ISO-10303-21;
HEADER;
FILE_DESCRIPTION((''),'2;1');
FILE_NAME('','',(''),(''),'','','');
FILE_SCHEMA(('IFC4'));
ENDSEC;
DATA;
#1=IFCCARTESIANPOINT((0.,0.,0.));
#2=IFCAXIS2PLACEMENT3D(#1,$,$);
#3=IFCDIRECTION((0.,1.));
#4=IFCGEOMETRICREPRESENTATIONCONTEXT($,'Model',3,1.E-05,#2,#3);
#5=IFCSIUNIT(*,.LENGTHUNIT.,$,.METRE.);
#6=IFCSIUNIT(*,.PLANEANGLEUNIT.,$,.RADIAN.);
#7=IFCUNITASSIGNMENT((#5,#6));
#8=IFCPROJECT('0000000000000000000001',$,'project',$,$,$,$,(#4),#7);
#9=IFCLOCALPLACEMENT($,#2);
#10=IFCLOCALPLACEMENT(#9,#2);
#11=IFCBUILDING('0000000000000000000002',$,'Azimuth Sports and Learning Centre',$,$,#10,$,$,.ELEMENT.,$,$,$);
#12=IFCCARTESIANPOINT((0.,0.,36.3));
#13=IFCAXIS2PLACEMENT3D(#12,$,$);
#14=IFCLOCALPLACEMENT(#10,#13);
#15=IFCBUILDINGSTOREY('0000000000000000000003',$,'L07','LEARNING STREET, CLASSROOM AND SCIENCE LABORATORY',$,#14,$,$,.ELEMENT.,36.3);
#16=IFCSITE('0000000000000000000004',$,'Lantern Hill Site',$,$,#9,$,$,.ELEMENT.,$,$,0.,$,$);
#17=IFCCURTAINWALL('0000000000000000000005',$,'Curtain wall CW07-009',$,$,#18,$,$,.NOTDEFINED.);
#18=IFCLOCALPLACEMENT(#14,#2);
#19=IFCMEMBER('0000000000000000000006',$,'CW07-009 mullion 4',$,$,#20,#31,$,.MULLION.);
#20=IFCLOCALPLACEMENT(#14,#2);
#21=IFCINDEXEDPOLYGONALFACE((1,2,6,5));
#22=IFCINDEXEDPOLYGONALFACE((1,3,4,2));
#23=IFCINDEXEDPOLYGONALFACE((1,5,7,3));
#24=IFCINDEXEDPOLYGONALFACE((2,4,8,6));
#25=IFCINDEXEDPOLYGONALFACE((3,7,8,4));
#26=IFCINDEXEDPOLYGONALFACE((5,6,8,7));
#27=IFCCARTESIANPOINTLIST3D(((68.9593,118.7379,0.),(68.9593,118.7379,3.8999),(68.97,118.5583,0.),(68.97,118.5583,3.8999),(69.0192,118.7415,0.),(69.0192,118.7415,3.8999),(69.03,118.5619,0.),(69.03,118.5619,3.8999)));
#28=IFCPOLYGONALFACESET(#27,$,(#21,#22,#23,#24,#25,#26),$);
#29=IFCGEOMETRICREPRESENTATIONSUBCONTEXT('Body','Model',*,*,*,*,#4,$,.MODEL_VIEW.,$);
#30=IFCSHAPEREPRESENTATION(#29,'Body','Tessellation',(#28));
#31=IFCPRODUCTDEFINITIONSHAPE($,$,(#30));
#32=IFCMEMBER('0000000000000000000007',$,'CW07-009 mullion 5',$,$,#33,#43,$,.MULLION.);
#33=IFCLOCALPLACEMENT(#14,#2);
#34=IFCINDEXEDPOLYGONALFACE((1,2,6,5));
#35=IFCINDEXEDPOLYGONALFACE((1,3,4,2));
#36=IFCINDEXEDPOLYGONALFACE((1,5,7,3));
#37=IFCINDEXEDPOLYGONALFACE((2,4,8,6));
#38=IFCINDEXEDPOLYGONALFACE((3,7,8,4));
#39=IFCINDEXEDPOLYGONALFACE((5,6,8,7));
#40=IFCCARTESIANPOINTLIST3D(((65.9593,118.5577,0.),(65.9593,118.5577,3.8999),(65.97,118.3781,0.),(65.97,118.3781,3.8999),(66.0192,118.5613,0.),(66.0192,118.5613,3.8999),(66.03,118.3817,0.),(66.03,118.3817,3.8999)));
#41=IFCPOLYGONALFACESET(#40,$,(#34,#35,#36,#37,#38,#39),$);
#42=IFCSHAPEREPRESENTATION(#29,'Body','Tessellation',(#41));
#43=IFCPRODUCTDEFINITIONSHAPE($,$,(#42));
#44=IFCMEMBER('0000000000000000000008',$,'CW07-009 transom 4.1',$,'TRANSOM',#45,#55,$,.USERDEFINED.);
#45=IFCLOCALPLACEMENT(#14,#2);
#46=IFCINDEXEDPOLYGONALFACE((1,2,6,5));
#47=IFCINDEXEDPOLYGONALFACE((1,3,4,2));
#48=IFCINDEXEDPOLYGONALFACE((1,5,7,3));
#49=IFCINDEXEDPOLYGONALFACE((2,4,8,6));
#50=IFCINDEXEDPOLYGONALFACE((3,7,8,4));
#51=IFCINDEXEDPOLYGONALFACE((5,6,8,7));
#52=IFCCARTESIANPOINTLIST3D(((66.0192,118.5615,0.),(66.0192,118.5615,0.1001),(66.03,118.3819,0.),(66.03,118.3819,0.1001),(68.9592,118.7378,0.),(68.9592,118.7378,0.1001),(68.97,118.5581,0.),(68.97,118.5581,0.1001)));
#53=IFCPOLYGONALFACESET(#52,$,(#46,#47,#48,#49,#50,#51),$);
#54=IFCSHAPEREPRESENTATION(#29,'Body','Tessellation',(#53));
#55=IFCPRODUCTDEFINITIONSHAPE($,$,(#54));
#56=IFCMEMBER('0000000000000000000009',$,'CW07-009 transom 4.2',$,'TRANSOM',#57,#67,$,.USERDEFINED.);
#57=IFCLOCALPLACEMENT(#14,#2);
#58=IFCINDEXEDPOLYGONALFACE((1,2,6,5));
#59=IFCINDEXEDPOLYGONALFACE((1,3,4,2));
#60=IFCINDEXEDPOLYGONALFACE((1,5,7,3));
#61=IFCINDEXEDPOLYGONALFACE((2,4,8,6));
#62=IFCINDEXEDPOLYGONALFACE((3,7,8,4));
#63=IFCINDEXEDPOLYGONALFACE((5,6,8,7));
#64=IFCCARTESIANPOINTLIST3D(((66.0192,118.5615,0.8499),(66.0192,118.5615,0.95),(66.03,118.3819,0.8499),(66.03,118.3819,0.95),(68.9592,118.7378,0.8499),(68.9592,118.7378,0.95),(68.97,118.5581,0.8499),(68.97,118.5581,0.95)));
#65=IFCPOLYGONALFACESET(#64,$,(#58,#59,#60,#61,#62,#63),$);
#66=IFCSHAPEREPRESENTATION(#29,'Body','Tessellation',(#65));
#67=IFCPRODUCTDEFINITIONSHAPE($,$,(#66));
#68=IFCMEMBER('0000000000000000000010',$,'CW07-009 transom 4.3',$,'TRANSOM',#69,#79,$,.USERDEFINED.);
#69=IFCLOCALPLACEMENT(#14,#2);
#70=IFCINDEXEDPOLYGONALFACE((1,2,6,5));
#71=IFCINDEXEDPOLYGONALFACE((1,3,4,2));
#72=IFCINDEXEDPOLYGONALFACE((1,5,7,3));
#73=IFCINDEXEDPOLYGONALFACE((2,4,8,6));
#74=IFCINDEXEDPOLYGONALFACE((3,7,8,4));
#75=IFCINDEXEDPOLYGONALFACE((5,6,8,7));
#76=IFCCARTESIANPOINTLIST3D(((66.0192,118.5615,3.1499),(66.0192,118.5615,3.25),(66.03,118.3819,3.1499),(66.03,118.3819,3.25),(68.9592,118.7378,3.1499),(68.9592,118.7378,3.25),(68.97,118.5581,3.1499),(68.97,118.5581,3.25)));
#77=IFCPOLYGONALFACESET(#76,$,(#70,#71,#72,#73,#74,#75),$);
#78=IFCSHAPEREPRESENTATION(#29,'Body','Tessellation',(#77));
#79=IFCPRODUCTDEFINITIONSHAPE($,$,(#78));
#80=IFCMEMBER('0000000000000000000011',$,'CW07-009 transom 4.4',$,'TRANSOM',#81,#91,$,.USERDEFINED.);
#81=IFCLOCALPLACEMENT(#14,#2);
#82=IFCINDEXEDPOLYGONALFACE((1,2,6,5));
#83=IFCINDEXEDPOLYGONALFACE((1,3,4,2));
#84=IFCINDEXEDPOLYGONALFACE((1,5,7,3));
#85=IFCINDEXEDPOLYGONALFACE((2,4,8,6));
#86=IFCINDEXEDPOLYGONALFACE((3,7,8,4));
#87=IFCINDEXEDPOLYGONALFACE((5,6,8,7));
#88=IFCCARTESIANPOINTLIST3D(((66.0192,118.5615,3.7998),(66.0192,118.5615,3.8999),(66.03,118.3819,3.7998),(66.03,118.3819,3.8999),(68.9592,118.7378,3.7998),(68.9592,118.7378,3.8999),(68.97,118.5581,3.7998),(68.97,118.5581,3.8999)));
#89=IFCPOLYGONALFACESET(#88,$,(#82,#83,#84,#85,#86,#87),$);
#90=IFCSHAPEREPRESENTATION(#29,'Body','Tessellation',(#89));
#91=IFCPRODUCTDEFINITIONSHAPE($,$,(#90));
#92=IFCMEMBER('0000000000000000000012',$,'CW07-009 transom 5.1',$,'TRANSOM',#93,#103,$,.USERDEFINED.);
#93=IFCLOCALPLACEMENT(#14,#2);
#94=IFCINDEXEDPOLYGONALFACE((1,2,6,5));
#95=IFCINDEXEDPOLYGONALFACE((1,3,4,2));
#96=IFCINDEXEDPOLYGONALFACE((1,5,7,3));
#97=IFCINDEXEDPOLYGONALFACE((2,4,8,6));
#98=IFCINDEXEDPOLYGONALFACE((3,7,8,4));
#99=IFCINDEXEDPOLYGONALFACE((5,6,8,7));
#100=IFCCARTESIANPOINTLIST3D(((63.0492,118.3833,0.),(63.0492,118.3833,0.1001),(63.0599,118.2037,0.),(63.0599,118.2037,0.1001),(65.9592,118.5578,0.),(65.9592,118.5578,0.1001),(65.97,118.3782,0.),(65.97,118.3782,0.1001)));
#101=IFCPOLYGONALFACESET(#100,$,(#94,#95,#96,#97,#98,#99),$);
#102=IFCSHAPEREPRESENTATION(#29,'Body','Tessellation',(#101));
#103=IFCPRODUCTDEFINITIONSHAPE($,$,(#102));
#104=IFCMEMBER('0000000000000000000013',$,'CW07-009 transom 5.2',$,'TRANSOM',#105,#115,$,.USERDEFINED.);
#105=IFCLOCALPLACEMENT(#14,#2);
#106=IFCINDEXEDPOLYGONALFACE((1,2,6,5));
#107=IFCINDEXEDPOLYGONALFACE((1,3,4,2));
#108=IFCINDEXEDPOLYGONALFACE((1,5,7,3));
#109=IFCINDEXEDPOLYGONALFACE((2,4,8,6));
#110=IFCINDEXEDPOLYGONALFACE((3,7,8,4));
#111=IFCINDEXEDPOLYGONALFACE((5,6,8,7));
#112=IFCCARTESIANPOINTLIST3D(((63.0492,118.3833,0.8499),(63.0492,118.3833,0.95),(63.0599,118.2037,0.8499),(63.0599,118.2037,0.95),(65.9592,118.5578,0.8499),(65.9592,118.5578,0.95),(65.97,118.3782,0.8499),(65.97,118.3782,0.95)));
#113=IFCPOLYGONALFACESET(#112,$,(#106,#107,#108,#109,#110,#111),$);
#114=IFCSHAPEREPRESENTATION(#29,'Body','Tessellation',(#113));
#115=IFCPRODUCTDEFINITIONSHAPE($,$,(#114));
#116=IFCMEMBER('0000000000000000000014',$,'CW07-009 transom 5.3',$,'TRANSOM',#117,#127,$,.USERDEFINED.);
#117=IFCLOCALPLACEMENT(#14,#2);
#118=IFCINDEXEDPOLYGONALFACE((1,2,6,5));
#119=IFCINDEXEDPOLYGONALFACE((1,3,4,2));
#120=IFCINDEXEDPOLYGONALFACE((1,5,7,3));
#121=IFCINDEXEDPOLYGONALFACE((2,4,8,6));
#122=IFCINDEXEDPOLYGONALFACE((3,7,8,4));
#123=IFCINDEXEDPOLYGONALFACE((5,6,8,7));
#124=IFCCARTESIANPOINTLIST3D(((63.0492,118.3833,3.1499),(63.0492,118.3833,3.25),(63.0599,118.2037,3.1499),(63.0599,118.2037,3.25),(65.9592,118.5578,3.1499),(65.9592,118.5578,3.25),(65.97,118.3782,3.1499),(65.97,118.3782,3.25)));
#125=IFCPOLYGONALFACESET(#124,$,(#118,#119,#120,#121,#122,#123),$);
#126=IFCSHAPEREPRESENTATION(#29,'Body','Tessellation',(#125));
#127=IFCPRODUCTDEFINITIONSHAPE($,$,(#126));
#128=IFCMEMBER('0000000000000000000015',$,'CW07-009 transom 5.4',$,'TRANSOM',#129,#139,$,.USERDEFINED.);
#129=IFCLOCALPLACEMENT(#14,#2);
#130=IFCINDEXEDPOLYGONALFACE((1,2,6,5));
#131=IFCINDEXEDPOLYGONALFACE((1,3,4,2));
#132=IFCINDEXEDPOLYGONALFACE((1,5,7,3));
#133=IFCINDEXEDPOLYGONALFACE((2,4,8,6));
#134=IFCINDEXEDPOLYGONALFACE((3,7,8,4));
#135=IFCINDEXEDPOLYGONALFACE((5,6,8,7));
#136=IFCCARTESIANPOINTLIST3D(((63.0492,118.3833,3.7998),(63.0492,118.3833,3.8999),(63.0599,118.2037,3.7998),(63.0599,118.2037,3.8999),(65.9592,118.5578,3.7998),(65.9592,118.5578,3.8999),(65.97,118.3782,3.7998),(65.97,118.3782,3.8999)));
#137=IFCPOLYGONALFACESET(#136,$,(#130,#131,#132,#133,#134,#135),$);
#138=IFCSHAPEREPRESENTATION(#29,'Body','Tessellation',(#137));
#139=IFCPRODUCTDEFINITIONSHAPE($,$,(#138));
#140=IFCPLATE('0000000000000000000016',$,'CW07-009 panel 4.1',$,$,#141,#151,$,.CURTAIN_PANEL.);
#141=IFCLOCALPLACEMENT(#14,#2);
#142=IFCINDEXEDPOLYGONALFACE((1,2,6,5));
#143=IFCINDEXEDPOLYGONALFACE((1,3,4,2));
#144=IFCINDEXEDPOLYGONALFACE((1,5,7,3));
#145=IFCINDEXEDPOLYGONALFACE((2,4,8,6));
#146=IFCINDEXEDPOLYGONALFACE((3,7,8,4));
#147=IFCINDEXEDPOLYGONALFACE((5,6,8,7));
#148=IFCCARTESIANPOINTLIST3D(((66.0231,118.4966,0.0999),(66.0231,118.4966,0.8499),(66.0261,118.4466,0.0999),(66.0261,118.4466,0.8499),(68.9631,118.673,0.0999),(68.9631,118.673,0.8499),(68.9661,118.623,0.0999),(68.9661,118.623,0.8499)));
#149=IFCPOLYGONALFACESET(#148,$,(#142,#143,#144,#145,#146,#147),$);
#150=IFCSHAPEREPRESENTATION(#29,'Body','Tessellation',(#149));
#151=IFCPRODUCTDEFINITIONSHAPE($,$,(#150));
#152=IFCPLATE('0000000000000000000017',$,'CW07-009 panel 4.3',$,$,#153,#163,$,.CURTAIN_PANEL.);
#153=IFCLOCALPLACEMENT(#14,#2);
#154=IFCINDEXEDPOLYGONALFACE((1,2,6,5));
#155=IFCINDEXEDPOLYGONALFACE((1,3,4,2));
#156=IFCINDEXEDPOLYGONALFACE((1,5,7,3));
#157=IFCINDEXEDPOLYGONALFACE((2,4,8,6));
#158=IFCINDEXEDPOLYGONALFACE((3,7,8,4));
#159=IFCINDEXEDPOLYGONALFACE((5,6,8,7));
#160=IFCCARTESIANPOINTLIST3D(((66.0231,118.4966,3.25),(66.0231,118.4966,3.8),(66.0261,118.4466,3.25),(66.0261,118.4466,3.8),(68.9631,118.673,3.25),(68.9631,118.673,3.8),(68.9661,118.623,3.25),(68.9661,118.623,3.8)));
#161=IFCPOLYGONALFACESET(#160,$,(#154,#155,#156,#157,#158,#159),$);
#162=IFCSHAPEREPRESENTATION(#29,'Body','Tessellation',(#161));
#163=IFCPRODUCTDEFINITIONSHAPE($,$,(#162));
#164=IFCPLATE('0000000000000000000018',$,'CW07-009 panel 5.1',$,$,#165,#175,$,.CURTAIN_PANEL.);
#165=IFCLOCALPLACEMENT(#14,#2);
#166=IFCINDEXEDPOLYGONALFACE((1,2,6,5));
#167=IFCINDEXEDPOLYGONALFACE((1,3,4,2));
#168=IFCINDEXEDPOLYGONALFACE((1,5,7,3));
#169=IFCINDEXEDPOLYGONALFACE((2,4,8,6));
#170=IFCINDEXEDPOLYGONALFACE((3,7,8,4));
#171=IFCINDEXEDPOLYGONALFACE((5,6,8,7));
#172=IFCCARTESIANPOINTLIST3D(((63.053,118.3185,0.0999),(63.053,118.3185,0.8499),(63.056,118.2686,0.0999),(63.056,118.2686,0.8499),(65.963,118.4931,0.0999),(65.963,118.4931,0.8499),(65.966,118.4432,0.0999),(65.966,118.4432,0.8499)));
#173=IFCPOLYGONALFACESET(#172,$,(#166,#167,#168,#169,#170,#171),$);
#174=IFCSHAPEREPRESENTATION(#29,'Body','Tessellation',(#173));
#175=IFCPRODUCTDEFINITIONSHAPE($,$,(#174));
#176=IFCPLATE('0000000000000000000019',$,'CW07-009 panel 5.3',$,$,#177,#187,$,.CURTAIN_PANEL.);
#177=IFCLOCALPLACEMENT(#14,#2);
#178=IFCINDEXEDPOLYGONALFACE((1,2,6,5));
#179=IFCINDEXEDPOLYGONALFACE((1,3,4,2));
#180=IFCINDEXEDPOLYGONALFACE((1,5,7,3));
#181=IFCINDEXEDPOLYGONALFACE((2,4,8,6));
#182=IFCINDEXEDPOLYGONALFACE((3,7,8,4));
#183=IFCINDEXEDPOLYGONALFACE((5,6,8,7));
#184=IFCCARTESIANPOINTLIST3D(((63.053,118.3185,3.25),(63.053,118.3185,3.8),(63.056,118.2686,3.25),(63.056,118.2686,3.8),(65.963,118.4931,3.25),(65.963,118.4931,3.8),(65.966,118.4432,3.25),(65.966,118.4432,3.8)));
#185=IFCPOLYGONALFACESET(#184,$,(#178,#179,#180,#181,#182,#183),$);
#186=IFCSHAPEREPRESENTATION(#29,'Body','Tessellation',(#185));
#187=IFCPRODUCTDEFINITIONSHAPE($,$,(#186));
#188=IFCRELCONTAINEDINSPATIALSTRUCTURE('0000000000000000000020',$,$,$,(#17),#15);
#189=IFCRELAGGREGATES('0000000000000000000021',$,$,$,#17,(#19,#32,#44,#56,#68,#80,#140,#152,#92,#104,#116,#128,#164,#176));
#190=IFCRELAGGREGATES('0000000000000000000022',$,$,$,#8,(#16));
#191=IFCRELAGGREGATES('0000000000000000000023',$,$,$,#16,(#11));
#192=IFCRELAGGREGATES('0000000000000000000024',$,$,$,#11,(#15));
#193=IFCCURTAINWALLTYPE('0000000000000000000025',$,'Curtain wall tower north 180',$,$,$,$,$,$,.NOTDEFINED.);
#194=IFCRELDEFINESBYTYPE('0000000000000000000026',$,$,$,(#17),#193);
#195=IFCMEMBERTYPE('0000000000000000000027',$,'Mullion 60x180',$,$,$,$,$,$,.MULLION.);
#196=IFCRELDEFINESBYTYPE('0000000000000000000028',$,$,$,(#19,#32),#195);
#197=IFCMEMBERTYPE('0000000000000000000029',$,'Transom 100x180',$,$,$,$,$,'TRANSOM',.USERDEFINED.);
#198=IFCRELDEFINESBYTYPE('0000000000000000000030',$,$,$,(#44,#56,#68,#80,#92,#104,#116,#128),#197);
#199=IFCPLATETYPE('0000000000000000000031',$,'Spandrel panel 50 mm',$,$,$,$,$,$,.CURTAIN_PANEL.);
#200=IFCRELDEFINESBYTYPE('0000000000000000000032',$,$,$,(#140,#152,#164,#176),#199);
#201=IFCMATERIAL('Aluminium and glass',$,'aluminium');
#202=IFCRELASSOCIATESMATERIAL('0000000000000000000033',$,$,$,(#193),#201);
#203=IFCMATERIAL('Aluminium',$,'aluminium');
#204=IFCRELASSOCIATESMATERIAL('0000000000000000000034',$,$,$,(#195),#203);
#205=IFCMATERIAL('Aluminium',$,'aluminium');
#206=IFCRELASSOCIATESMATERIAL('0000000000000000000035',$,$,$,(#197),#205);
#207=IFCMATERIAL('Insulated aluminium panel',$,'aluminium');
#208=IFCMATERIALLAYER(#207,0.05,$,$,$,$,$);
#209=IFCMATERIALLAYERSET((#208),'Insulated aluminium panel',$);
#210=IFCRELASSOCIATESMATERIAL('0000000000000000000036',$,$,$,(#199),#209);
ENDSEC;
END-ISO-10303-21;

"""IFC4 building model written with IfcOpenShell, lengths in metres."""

from ifc_helpers import new_model, si_unit, direction, frame, origin, origin_2d, place, context, subcontext, project, spatial, rectangle, extrude, material, layer, layer_set, material_profile, profile_set, type_object, element, aggregate, save


model = new_model("IFC4")

# Units and contexts
model_context = context("Model", 3, precision=1e-05, world=origin(), true_north=direction((0.0, 1.0)))
body_context = subcontext(model_context, "Body", "Model", "MODEL_VIEW")
ifc_project = project(units=[si_unit("LENGTHUNIT", "METRE"), si_unit("PLANEANGLEUNIT", "RADIAN")], contexts=[model_context])

# Site, building, storey
site_placement = place(None, origin())
site = spatial("IfcSite", under=ifc_project, at=site_placement, Name="Lantern Hill Site", CompositionType="ELEMENT", RefElevation=0.0)
building_placement = place(site_placement, origin())
building = spatial("IfcBuilding", under=site, at=building_placement, Name="Azimuth Sports and Learning Centre", CompositionType="ELEMENT")
storey_placement = place(building_placement, frame((0.0, 0.0, 36.3)))
storey = spatial("IfcBuildingStorey", under=building, at=storey_placement, Name="L07", Description="LEARNING STREET, CLASSROOM AND SCIENCE LABORATORY", CompositionType="ELEMENT", Elevation=36.3)

# Curtain wall, members, plates
ifc_material_1 = material(Name="Aluminium and glass", Category="aluminium")
curtain_wall_type = type_object("IfcCurtainWallType", Name="Curtain wall tower north 180", PredefinedType="NOTDEFINED", material=ifc_material_1)
curtain_wall_placement = place(storey_placement, origin())
curtain_wall = element("IfcCurtainWall", 1, at=curtain_wall_placement, inside=storey, type_object=curtain_wall_type, Name="Curtain wall CW07-009", PredefinedType="NOTDEFINED")
ifc_material_2 = material(Name="Aluminium", Category="aluminium")
ifc_material_profile_1 = material_profile(ifc_material_2, rectangle(XDim=0.1799, YDim=0.0601, at=origin_2d()), Name="Mullion 60x180")
ifc_profile_set_1 = profile_set([ifc_material_profile_1], Name="Aluminium")
member_type_1 = type_object("IfcMemberType", Name="Mullion 60x180", PredefinedType="MULLION", material=ifc_profile_set_1)
member_1_placement = place(storey_placement, frame((68.9946, 118.6499, 0.0), z_axis=(0.0, 0.0, 1.0), x_axis=(0.059892, -0.998205, 0.0)))
member_1 = element("IfcMember", 2, at=member_1_placement, type_object=member_type_1, Name="CW07-009 mullion 4", PredefinedType="MULLION", context=body_context, shape_type="SweptSolid", body=[
    extrude(rectangle(XDim=0.1799, YDim=0.0601, at=origin_2d()), origin(), (0.0, 0.0, 1.0), 3.8999),
])
member_2_placement = place(storey_placement, frame((65.9946, 118.4697, 0.0), z_axis=(0.0, 0.0, 1.0), x_axis=(0.059892, -0.998205, 0.0)))
member_2 = element("IfcMember", 3, at=member_2_placement, type_object=member_type_1, Name="CW07-009 mullion 5", PredefinedType="MULLION", context=body_context, shape_type="SweptSolid", body=[
    extrude(rectangle(XDim=0.1799, YDim=0.0601, at=origin_2d()), origin(), (0.0, 0.0, 1.0), 3.8999),
])
ifc_material_3 = material(Name="Aluminium", Category="aluminium")
ifc_material_profile_2 = material_profile(ifc_material_3, rectangle(XDim=0.1799, YDim=0.1001, at=origin_2d()), Name="Transom 100x180")
ifc_profile_set_2 = profile_set([ifc_material_profile_2], Name="Aluminium")
member_type_2 = type_object("IfcMemberType", Name="Transom 100x180", ElementType="TRANSOM", PredefinedType="USERDEFINED", material=ifc_profile_set_2)
member_3_placement = place(storey_placement, frame((68.9646, 118.6479, 0.05), z_axis=(-0.998207, -0.059849, 0.0), x_axis=(0.059849, -0.998207, 0.0)))
member_3 = element("IfcMember", 4, at=member_3_placement, type_object=member_type_2, Name="CW07-009 transom 4.1", ObjectType="TRANSOM", PredefinedType="USERDEFINED", context=body_context, shape_type="SweptSolid", body=[
    extrude(rectangle(XDim=0.1799, YDim=0.1001, at=origin_2d()), origin(), (0.0, 0.0, 1.0), 2.9453),
])
member_4_placement = place(storey_placement, frame((68.9646, 118.6479, 0.8999), z_axis=(-0.998207, -0.059849, 0.0), x_axis=(0.059849, -0.998207, 0.0)))
member_4 = element("IfcMember", 5, at=member_4_placement, type_object=member_type_2, Name="CW07-009 transom 4.2", ObjectType="TRANSOM", PredefinedType="USERDEFINED", context=body_context, shape_type="SweptSolid", body=[
    extrude(rectangle(XDim=0.1799, YDim=0.1001, at=origin_2d()), origin(), (0.0, 0.0, 1.0), 2.9453),
])
member_5_placement = place(storey_placement, frame((68.9646, 118.6479, 3.2), z_axis=(-0.998207, -0.059849, 0.0), x_axis=(0.059849, -0.998207, 0.0)))
member_5 = element("IfcMember", 6, at=member_5_placement, type_object=member_type_2, Name="CW07-009 transom 4.3", ObjectType="TRANSOM", PredefinedType="USERDEFINED", context=body_context, shape_type="SweptSolid", body=[
    extrude(rectangle(XDim=0.1799, YDim=0.1001, at=origin_2d()), origin(), (0.0, 0.0, 1.0), 2.9453),
])
member_6_placement = place(storey_placement, frame((68.9646, 118.6479, 3.8499), z_axis=(-0.998207, -0.059849, 0.0), x_axis=(0.059849, -0.998207, 0.0)))
member_6 = element("IfcMember", 7, at=member_6_placement, type_object=member_type_2, Name="CW07-009 transom 4.4", ObjectType="TRANSOM", PredefinedType="USERDEFINED", context=body_context, shape_type="SweptSolid", body=[
    extrude(rectangle(XDim=0.1799, YDim=0.1001, at=origin_2d()), origin(), (0.0, 0.0, 1.0), 2.9453),
])
member_7_placement = place(storey_placement, frame((65.9646, 118.468, 0.05), z_axis=(-0.998206, -0.059876, 0.0), x_axis=(0.059876, -0.998206, 0.0)))
member_7 = element("IfcMember", 8, at=member_7_placement, type_object=member_type_2, Name="CW07-009 transom 5.1", ObjectType="TRANSOM", PredefinedType="USERDEFINED", context=body_context, shape_type="SweptSolid", body=[
    extrude(rectangle(XDim=0.1799, YDim=0.1001, at=origin_2d()), origin(), (0.0, 0.0, 1.0), 2.9153),
])
member_8_placement = place(storey_placement, frame((65.9646, 118.468, 0.8999), z_axis=(-0.998206, -0.059876, 0.0), x_axis=(0.059876, -0.998206, 0.0)))
member_8 = element("IfcMember", 9, at=member_8_placement, type_object=member_type_2, Name="CW07-009 transom 5.2", ObjectType="TRANSOM", PredefinedType="USERDEFINED", context=body_context, shape_type="SweptSolid", body=[
    extrude(rectangle(XDim=0.1799, YDim=0.1001, at=origin_2d()), origin(), (0.0, 0.0, 1.0), 2.9153),
])
member_9_placement = place(storey_placement, frame((65.9646, 118.468, 3.2), z_axis=(-0.998206, -0.059876, 0.0), x_axis=(0.059876, -0.998206, 0.0)))
member_9 = element("IfcMember", 10, at=member_9_placement, type_object=member_type_2, Name="CW07-009 transom 5.3", ObjectType="TRANSOM", PredefinedType="USERDEFINED", context=body_context, shape_type="SweptSolid", body=[
    extrude(rectangle(XDim=0.1799, YDim=0.1001, at=origin_2d()), origin(), (0.0, 0.0, 1.0), 2.9153),
])
member_10_placement = place(storey_placement, frame((65.9646, 118.468, 3.8499), z_axis=(-0.998206, -0.059876, 0.0), x_axis=(0.059876, -0.998206, 0.0)))
member_10 = element("IfcMember", 11, at=member_10_placement, type_object=member_type_2, Name="CW07-009 transom 5.4", ObjectType="TRANSOM", PredefinedType="USERDEFINED", context=body_context, shape_type="SweptSolid", body=[
    extrude(rectangle(XDim=0.1799, YDim=0.1001, at=origin_2d()), origin(), (0.0, 0.0, 1.0), 2.9153),
])
ifc_material_4 = material(Name="Insulated aluminium panel", Category="aluminium")
ifc_layer_1 = layer(ifc_material_4, 0.05)
ifc_layer_set_1 = layer_set([ifc_layer_1], Name="Insulated aluminium panel")
plate_type_1 = type_object("IfcPlateType", Name="Spandrel panel 50 mm", PredefinedType="CURTAIN_PANEL", material=ifc_layer_set_1)
plate_1_placement = place(storey_placement, frame((67.4946, 118.5598, 0.0999), z_axis=(0.0, 0.0, 1.0), x_axis=(-0.998205, -0.059892, 0.0)))
plate_1 = element("IfcPlate", 12, at=plate_1_placement, type_object=plate_type_1, Name="CW07-009 panel 4.1", PredefinedType="CURTAIN_PANEL", context=body_context, shape_type="SweptSolid", body=[
    extrude(rectangle(XDim=2.9453, YDim=0.05, at=origin_2d()), origin(), (0.0, 0.0, 1.0), 0.75),
])
plate_2_placement = place(storey_placement, frame((67.4946, 118.5598, 3.25), z_axis=(0.0, 0.0, 1.0), x_axis=(-0.998205, -0.059892, 0.0)))
plate_2 = element("IfcPlate", 13, at=plate_2_placement, type_object=plate_type_1, Name="CW07-009 panel 4.3", PredefinedType="CURTAIN_PANEL", context=body_context, shape_type="SweptSolid", body=[
    extrude(rectangle(XDim=2.9453, YDim=0.05, at=origin_2d()), origin(), (0.0, 0.0, 1.0), 0.55),
])
plate_3_placement = place(storey_placement, frame((64.5095, 118.3809, 0.0999), z_axis=(0.0, 0.0, 1.0), x_axis=(-0.998205, -0.059892, 0.0)))
plate_3 = element("IfcPlate", 14, at=plate_3_placement, type_object=plate_type_1, Name="CW07-009 panel 5.1", PredefinedType="CURTAIN_PANEL", context=body_context, shape_type="SweptSolid", body=[
    extrude(rectangle(XDim=2.9153, YDim=0.05, at=origin_2d()), origin(), (0.0, 0.0, 1.0), 0.75),
])
plate_4_placement = place(storey_placement, frame((64.5095, 118.3809, 3.25), z_axis=(0.0, 0.0, 1.0), x_axis=(-0.998205, -0.059892, 0.0)))
plate_4 = element("IfcPlate", 15, at=plate_4_placement, type_object=plate_type_1, Name="CW07-009 panel 5.3", PredefinedType="CURTAIN_PANEL", context=body_context, shape_type="SweptSolid", body=[
    extrude(rectangle(XDim=2.9153, YDim=0.05, at=origin_2d()), origin(), (0.0, 0.0, 1.0), 0.55),
])
aggregate(curtain_wall, [member_1, member_2, member_3, member_4, member_5, member_6, plate_1, plate_2, member_7, member_8, member_9, member_10, plate_3, plate_4])

save(model, "model.ifc")
